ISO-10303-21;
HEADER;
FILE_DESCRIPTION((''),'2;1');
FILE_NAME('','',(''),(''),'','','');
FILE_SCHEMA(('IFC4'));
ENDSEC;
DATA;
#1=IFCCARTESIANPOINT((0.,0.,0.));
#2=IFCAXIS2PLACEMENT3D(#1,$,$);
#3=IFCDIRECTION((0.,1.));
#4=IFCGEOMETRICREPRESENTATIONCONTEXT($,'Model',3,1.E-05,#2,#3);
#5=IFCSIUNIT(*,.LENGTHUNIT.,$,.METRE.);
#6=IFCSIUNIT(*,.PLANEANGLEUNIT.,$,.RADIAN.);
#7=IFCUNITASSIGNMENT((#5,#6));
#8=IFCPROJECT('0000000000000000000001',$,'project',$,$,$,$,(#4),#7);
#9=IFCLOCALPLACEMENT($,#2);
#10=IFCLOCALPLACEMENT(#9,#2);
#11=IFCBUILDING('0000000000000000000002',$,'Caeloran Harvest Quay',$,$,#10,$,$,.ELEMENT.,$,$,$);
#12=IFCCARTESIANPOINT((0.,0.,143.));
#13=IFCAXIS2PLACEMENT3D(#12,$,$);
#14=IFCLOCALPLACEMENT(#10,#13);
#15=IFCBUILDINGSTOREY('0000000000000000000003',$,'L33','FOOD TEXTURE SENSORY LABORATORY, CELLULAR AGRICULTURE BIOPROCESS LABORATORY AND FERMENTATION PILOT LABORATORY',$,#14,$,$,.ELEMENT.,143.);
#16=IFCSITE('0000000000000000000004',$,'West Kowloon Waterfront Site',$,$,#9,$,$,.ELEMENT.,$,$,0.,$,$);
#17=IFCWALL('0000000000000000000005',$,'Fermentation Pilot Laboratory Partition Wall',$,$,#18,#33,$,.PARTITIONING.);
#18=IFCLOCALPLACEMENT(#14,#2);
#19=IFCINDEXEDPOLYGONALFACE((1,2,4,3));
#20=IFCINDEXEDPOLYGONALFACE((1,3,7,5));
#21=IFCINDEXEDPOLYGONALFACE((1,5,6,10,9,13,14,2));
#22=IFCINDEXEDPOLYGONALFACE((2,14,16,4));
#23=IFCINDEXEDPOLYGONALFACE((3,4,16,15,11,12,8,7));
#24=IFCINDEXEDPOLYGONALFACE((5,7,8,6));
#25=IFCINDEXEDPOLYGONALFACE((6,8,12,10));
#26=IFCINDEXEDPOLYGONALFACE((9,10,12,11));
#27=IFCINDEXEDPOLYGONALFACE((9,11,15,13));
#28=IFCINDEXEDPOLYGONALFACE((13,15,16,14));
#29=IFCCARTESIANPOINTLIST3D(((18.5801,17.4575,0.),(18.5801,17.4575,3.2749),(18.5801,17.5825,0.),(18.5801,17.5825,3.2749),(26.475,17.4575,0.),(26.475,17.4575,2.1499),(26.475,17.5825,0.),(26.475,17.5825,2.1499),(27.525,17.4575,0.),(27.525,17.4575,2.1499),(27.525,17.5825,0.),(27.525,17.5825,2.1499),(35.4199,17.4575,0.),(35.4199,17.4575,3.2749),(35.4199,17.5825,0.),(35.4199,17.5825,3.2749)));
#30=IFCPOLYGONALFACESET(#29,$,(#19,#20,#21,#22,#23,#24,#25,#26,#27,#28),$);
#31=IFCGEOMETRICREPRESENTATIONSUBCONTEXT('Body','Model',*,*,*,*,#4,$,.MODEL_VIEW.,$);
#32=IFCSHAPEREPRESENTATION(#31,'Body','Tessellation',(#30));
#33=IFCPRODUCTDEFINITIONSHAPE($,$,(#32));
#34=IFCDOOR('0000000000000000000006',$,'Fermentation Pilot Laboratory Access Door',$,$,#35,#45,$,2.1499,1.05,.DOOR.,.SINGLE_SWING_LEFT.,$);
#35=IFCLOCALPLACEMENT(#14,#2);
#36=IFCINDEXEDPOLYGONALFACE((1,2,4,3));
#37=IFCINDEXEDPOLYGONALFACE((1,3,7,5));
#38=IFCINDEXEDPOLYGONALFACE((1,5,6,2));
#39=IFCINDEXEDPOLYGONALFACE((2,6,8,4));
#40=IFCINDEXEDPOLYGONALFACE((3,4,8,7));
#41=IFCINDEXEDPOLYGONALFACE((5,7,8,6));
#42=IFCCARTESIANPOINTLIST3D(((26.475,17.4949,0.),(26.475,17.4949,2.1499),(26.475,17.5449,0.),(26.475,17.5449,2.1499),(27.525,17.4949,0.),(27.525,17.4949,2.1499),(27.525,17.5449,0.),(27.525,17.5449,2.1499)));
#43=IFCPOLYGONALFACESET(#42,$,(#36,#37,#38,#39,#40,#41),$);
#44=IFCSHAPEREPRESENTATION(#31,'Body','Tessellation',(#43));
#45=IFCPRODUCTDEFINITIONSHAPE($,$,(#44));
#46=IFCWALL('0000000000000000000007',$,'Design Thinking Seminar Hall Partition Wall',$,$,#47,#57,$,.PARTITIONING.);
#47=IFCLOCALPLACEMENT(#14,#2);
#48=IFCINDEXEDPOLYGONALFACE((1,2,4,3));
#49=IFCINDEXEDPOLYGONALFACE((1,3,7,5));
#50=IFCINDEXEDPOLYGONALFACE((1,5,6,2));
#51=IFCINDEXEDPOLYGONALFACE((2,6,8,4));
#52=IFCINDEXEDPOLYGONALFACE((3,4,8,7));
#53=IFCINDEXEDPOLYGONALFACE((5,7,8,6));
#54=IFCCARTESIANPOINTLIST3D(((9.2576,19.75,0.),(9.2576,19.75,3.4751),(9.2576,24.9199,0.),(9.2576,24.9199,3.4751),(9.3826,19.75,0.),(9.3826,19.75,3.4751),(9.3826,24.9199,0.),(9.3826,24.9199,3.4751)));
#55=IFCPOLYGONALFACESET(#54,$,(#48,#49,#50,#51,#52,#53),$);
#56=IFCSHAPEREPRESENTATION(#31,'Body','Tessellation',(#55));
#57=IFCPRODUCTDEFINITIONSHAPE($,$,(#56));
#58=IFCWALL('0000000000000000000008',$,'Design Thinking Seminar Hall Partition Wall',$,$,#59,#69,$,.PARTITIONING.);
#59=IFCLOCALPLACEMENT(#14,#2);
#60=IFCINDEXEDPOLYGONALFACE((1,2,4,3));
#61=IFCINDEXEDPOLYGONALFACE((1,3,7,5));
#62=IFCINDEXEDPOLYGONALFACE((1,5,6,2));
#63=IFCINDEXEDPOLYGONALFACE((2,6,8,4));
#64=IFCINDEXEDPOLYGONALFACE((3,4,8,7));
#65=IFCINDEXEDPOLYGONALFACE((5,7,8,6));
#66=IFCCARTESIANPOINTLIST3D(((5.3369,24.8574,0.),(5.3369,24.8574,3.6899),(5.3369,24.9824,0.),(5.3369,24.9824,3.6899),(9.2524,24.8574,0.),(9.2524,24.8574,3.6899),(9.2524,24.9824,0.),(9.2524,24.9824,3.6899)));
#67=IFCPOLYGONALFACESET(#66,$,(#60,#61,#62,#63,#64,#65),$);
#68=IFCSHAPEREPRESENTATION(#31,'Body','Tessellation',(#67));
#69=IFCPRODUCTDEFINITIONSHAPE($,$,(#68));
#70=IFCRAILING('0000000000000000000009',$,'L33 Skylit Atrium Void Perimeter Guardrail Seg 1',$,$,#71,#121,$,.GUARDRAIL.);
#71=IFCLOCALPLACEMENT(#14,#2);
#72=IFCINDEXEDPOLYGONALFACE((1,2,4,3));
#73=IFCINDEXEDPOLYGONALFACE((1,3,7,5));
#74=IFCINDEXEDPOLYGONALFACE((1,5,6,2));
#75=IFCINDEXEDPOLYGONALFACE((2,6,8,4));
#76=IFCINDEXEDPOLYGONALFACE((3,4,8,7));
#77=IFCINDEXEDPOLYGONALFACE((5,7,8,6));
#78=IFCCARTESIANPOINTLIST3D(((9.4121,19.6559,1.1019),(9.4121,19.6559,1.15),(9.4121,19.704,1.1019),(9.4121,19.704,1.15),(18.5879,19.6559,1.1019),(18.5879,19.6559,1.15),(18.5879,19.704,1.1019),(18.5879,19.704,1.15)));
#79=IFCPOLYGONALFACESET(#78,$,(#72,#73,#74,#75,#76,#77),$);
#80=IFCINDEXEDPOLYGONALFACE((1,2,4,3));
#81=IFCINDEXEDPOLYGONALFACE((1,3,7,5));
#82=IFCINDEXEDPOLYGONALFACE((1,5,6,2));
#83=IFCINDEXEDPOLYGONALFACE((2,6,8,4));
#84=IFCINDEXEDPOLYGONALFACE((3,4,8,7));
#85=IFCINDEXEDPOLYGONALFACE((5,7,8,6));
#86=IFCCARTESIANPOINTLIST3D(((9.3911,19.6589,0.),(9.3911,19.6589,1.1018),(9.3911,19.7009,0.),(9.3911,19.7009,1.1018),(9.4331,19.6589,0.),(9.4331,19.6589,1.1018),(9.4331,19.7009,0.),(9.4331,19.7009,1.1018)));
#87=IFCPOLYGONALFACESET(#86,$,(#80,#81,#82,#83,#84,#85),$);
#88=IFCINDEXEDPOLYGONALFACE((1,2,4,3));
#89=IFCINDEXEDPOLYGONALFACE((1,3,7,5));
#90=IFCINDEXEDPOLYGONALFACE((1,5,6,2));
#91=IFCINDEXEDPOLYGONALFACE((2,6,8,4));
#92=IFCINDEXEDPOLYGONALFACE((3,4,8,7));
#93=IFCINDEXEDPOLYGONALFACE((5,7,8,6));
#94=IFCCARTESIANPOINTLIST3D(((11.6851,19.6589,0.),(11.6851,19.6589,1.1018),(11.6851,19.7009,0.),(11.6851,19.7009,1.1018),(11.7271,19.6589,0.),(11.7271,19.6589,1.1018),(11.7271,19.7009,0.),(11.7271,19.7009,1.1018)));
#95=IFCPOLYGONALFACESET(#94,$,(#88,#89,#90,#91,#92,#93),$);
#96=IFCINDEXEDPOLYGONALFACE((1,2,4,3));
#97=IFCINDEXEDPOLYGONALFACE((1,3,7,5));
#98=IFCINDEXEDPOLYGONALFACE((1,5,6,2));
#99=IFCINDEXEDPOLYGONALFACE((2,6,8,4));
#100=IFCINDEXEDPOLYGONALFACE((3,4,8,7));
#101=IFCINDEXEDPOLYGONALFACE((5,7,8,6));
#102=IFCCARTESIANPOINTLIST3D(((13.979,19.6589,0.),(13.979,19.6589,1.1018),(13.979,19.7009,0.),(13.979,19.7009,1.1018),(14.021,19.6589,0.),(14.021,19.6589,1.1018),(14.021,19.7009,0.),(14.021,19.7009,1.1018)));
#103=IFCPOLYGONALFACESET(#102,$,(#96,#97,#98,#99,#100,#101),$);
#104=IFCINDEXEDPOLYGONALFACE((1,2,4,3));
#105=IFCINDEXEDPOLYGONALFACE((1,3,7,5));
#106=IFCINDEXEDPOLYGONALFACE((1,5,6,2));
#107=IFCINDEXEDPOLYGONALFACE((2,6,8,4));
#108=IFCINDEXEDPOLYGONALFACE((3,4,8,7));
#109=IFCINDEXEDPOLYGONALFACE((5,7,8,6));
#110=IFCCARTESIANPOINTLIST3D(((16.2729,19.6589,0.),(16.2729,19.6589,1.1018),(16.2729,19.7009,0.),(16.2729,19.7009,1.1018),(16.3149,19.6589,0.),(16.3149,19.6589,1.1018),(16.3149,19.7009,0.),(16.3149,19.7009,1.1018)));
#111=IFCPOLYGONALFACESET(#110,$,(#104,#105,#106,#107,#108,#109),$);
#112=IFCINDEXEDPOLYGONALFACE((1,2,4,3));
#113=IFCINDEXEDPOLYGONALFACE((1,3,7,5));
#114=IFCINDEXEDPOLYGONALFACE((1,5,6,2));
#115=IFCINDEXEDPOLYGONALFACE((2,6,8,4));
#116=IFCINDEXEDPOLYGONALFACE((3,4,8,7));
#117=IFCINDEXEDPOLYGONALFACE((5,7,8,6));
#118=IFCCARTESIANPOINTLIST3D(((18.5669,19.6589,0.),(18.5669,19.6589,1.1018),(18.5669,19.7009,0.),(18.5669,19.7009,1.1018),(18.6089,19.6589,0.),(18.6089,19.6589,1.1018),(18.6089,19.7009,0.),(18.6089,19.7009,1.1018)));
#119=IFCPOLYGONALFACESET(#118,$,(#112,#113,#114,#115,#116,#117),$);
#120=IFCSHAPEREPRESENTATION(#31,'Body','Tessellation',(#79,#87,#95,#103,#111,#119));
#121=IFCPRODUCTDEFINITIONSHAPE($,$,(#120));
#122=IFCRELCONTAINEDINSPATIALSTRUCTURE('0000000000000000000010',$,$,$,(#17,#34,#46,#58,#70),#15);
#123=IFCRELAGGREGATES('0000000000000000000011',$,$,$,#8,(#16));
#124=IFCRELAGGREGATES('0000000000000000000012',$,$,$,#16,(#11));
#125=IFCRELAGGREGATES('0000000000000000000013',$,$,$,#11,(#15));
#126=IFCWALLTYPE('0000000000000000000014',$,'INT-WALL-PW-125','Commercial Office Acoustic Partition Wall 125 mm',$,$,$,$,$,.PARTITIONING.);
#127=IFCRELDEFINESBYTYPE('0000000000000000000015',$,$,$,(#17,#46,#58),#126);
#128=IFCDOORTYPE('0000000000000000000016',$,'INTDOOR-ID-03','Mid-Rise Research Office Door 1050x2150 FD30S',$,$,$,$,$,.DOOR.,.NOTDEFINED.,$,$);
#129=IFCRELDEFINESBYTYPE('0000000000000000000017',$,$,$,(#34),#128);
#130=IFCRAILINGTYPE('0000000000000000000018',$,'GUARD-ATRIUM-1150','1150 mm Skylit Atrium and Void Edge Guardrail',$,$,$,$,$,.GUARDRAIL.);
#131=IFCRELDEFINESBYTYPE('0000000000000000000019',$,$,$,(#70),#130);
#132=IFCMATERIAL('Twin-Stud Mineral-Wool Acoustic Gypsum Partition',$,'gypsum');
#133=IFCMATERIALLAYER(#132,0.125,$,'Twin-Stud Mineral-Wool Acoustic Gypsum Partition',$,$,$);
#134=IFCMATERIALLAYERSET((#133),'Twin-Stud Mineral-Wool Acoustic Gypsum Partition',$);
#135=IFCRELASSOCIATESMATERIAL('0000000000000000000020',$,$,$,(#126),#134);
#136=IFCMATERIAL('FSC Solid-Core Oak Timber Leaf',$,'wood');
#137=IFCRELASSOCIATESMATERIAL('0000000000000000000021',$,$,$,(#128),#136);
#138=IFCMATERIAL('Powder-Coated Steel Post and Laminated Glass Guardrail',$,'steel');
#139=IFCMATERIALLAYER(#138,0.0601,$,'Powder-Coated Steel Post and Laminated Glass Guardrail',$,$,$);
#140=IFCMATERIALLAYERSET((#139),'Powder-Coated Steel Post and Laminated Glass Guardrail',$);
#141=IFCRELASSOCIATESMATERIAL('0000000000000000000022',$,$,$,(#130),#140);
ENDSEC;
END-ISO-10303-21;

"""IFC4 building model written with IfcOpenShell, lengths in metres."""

from ifc_helpers import new_model, si_unit, direction, frame, frame_2d, origin, origin_2d, place, context, subcontext, project, spatial, rectangle, extrude, material, layer, layer_set, type_object, element, fill, save


model = new_model("IFC4")

# Units and contexts
model_context = context("Model", 3, precision=1e-05, world=origin(), true_north=direction((0.0, 1.0)))
body_context = subcontext(model_context, "Body", "Model", "MODEL_VIEW")
ifc_project = project(units=[si_unit("LENGTHUNIT", "METRE"), si_unit("PLANEANGLEUNIT", "RADIAN")], contexts=[model_context])

# Site, building, storey
site_placement = place(None, origin())
site = spatial("IfcSite", under=ifc_project, at=site_placement, Name="West Kowloon Waterfront Site", CompositionType="ELEMENT", RefElevation=0.0)
building_placement = place(site_placement, origin())
building = spatial("IfcBuilding", under=site, at=building_placement, Name="Caeloran Harvest Quay", CompositionType="ELEMENT")
storey_placement = place(building_placement, frame((0.0, 0.0, 143.0)))
storey = spatial("IfcBuildingStorey", under=building, at=storey_placement, Name="L33", Description="FOOD TEXTURE SENSORY LABORATORY, CELLULAR AGRICULTURE BIOPROCESS LABORATORY AND FERMENTATION PILOT LABORATORY", CompositionType="ELEMENT", Elevation=143.0)

# Shared definitions
ifc_material_1 = material(Name="Twin-Stud Mineral-Wool Acoustic Gypsum Partition", Category="gypsum")
ifc_layer_1 = layer(ifc_material_1, 0.125, Name="Twin-Stud Mineral-Wool Acoustic Gypsum Partition")
ifc_layer_set_1 = layer_set([ifc_layer_1], Name="Twin-Stud Mineral-Wool Acoustic Gypsum Partition")
wall_type = type_object("IfcWallType", Name="INT-WALL-PW-125", Description="Commercial Office Acoustic Partition Wall 125 mm", PredefinedType="PARTITIONING", material=ifc_layer_set_1)
ifc_material_2 = material(Name="FSC Solid-Core Oak Timber Leaf", Category="wood")
door_type = type_object("IfcDoorType", Name="INTDOOR-ID-03", Description="Mid-Rise Research Office Door 1050x2150 FD30S", OperationType="NOTDEFINED", PredefinedType="DOOR", material=ifc_material_2)

# Wall, opening, door
wall_1_placement = place(storey_placement, frame((18.5801, 17.52, 0.0), z_axis=(0.0, 0.0, 1.0), x_axis=(1.0, 0.0, 0.0)))
wall_1 = element("IfcWall", 1, at=wall_1_placement, inside=storey, type_object=wall_type, Name="Fermentation Pilot Laboratory Partition Wall", PredefinedType="PARTITIONING", context=body_context, shape_type="SweptSolid", body=[
    extrude(rectangle(XDim=16.8398, YDim=0.125, at=frame_2d((8.4199, 0.0))), origin(), (0.0, 0.0, 1.0), 3.2749),
])
opening_1_placement = place(wall_1_placement, frame((7.895, 0.0, 0.0)))
opening_1 = element("IfcOpeningElement", 2, at=opening_1_placement, cuts=wall_1, PredefinedType="OPENING", context=body_context, shape_type="SweptSolid", body=[
    extrude(rectangle(XDim=1.05, YDim=2.1499, at=frame_2d((0.5249, 1.075))), frame((0.0, 0.0725, 0.0), z_axis=(0.0, -1.0, 0.0), x_axis=(1.0, 0.0, 0.0)), (0.0, 0.0, 1.0), 0.145),
])
door_1_placement = place(opening_1_placement, origin())
door_1 = element("IfcDoor", 3, at=door_1_placement, inside=storey, type_object=door_type, Name="Fermentation Pilot Laboratory Access Door", OperationType="SINGLE_SWING_LEFT", OverallHeight=2.1499, OverallWidth=1.05, PredefinedType="DOOR", context=body_context, shape_type="SweptSolid", body=[
    extrude(rectangle(XDim=1.05, YDim=2.1499, at=frame_2d((0.5249, 1.075))), frame((0.0, 0.0249, 0.0), z_axis=(0.0, -1.0, 0.0), x_axis=(1.0, 0.0, 0.0)), (0.0, 0.0, 1.0), 0.05),
])
fill(opening_1, door_1)

# Wall
wall_2_placement = place(storey_placement, frame((9.3201, 24.9199, 0.0), z_axis=(0.0, 0.0, 1.0), x_axis=(0.0, -1.0, 0.0)))
element("IfcWall", 4, at=wall_2_placement, inside=storey, type_object=wall_type, Name="Design Thinking Seminar Hall Partition Wall", PredefinedType="PARTITIONING", context=body_context, shape_type="SweptSolid", body=[
    extrude(rectangle(XDim=5.1699, YDim=0.125, at=frame_2d((2.585, 0.0))), origin(), (0.0, 0.0, 1.0), 3.4751),
])

# Wall
wall_3_placement = place(storey_placement, frame((5.3369, 24.9199, 0.0), z_axis=(0.0, 0.0, 1.0), x_axis=(1.0, 0.0, 0.0)))
element("IfcWall", 5, at=wall_3_placement, inside=storey, type_object=wall_type, Name="Design Thinking Seminar Hall Partition Wall", PredefinedType="PARTITIONING", context=body_context, shape_type="SweptSolid", body=[
    extrude(rectangle(XDim=3.9155, YDim=0.125, at=frame_2d((1.9578, 0.0))), origin(), (0.0, 0.0, 1.0), 3.6899),
])

# Railing
ifc_material_3 = material(Name="Powder-Coated Steel Post and Laminated Glass Guardrail", Category="steel")
ifc_layer_2 = layer(ifc_material_3, 0.0601, Name="Powder-Coated Steel Post and Laminated Glass Guardrail")
ifc_layer_set_2 = layer_set([ifc_layer_2], Name="Powder-Coated Steel Post and Laminated Glass Guardrail")
railing_type = type_object("IfcRailingType", Name="GUARD-ATRIUM-1150", Description="1150 mm Skylit Atrium and Void Edge Guardrail", PredefinedType="GUARDRAIL", material=ifc_layer_set_2)
railing_placement = place(storey_placement, frame((9.4121, 19.6799, 0.0)))
element("IfcRailing", 6, at=railing_placement, inside=storey, type_object=railing_type, Name="L33 Skylit Atrium Void Perimeter Guardrail Seg 1", PredefinedType="GUARDRAIL", context=body_context, shape_type="SweptSolid", body=[
    extrude(rectangle(XDim=0.0481, YDim=0.0481, at=origin_2d()), frame((0.0, 0.0, 1.126), z_axis=(1.0, 0.0, 0.0), x_axis=(0.0, 1.0, 0.0)), (0.0, 0.0, 1.0), 9.1758),
    extrude(rectangle(XDim=0.042, YDim=0.042, at=origin_2d()), origin(), (0.0, 0.0, 1.0), 1.1018),
    extrude(rectangle(XDim=0.042, YDim=0.042, at=origin_2d()), frame((2.2939, 0.0, 0.0)), (0.0, 0.0, 1.0), 1.1018),
    extrude(rectangle(XDim=0.042, YDim=0.042, at=origin_2d()), frame((4.5879, 0.0, 0.0)), (0.0, 0.0, 1.0), 1.1018),
    extrude(rectangle(XDim=0.042, YDim=0.042, at=origin_2d()), frame((6.8818, 0.0, 0.0)), (0.0, 0.0, 1.0), 1.1018),
    extrude(rectangle(XDim=0.042, YDim=0.042, at=origin_2d()), frame((9.1758, 0.0, 0.0)), (0.0, 0.0, 1.0), 1.1018),
])

save(model, "model.ifc")
